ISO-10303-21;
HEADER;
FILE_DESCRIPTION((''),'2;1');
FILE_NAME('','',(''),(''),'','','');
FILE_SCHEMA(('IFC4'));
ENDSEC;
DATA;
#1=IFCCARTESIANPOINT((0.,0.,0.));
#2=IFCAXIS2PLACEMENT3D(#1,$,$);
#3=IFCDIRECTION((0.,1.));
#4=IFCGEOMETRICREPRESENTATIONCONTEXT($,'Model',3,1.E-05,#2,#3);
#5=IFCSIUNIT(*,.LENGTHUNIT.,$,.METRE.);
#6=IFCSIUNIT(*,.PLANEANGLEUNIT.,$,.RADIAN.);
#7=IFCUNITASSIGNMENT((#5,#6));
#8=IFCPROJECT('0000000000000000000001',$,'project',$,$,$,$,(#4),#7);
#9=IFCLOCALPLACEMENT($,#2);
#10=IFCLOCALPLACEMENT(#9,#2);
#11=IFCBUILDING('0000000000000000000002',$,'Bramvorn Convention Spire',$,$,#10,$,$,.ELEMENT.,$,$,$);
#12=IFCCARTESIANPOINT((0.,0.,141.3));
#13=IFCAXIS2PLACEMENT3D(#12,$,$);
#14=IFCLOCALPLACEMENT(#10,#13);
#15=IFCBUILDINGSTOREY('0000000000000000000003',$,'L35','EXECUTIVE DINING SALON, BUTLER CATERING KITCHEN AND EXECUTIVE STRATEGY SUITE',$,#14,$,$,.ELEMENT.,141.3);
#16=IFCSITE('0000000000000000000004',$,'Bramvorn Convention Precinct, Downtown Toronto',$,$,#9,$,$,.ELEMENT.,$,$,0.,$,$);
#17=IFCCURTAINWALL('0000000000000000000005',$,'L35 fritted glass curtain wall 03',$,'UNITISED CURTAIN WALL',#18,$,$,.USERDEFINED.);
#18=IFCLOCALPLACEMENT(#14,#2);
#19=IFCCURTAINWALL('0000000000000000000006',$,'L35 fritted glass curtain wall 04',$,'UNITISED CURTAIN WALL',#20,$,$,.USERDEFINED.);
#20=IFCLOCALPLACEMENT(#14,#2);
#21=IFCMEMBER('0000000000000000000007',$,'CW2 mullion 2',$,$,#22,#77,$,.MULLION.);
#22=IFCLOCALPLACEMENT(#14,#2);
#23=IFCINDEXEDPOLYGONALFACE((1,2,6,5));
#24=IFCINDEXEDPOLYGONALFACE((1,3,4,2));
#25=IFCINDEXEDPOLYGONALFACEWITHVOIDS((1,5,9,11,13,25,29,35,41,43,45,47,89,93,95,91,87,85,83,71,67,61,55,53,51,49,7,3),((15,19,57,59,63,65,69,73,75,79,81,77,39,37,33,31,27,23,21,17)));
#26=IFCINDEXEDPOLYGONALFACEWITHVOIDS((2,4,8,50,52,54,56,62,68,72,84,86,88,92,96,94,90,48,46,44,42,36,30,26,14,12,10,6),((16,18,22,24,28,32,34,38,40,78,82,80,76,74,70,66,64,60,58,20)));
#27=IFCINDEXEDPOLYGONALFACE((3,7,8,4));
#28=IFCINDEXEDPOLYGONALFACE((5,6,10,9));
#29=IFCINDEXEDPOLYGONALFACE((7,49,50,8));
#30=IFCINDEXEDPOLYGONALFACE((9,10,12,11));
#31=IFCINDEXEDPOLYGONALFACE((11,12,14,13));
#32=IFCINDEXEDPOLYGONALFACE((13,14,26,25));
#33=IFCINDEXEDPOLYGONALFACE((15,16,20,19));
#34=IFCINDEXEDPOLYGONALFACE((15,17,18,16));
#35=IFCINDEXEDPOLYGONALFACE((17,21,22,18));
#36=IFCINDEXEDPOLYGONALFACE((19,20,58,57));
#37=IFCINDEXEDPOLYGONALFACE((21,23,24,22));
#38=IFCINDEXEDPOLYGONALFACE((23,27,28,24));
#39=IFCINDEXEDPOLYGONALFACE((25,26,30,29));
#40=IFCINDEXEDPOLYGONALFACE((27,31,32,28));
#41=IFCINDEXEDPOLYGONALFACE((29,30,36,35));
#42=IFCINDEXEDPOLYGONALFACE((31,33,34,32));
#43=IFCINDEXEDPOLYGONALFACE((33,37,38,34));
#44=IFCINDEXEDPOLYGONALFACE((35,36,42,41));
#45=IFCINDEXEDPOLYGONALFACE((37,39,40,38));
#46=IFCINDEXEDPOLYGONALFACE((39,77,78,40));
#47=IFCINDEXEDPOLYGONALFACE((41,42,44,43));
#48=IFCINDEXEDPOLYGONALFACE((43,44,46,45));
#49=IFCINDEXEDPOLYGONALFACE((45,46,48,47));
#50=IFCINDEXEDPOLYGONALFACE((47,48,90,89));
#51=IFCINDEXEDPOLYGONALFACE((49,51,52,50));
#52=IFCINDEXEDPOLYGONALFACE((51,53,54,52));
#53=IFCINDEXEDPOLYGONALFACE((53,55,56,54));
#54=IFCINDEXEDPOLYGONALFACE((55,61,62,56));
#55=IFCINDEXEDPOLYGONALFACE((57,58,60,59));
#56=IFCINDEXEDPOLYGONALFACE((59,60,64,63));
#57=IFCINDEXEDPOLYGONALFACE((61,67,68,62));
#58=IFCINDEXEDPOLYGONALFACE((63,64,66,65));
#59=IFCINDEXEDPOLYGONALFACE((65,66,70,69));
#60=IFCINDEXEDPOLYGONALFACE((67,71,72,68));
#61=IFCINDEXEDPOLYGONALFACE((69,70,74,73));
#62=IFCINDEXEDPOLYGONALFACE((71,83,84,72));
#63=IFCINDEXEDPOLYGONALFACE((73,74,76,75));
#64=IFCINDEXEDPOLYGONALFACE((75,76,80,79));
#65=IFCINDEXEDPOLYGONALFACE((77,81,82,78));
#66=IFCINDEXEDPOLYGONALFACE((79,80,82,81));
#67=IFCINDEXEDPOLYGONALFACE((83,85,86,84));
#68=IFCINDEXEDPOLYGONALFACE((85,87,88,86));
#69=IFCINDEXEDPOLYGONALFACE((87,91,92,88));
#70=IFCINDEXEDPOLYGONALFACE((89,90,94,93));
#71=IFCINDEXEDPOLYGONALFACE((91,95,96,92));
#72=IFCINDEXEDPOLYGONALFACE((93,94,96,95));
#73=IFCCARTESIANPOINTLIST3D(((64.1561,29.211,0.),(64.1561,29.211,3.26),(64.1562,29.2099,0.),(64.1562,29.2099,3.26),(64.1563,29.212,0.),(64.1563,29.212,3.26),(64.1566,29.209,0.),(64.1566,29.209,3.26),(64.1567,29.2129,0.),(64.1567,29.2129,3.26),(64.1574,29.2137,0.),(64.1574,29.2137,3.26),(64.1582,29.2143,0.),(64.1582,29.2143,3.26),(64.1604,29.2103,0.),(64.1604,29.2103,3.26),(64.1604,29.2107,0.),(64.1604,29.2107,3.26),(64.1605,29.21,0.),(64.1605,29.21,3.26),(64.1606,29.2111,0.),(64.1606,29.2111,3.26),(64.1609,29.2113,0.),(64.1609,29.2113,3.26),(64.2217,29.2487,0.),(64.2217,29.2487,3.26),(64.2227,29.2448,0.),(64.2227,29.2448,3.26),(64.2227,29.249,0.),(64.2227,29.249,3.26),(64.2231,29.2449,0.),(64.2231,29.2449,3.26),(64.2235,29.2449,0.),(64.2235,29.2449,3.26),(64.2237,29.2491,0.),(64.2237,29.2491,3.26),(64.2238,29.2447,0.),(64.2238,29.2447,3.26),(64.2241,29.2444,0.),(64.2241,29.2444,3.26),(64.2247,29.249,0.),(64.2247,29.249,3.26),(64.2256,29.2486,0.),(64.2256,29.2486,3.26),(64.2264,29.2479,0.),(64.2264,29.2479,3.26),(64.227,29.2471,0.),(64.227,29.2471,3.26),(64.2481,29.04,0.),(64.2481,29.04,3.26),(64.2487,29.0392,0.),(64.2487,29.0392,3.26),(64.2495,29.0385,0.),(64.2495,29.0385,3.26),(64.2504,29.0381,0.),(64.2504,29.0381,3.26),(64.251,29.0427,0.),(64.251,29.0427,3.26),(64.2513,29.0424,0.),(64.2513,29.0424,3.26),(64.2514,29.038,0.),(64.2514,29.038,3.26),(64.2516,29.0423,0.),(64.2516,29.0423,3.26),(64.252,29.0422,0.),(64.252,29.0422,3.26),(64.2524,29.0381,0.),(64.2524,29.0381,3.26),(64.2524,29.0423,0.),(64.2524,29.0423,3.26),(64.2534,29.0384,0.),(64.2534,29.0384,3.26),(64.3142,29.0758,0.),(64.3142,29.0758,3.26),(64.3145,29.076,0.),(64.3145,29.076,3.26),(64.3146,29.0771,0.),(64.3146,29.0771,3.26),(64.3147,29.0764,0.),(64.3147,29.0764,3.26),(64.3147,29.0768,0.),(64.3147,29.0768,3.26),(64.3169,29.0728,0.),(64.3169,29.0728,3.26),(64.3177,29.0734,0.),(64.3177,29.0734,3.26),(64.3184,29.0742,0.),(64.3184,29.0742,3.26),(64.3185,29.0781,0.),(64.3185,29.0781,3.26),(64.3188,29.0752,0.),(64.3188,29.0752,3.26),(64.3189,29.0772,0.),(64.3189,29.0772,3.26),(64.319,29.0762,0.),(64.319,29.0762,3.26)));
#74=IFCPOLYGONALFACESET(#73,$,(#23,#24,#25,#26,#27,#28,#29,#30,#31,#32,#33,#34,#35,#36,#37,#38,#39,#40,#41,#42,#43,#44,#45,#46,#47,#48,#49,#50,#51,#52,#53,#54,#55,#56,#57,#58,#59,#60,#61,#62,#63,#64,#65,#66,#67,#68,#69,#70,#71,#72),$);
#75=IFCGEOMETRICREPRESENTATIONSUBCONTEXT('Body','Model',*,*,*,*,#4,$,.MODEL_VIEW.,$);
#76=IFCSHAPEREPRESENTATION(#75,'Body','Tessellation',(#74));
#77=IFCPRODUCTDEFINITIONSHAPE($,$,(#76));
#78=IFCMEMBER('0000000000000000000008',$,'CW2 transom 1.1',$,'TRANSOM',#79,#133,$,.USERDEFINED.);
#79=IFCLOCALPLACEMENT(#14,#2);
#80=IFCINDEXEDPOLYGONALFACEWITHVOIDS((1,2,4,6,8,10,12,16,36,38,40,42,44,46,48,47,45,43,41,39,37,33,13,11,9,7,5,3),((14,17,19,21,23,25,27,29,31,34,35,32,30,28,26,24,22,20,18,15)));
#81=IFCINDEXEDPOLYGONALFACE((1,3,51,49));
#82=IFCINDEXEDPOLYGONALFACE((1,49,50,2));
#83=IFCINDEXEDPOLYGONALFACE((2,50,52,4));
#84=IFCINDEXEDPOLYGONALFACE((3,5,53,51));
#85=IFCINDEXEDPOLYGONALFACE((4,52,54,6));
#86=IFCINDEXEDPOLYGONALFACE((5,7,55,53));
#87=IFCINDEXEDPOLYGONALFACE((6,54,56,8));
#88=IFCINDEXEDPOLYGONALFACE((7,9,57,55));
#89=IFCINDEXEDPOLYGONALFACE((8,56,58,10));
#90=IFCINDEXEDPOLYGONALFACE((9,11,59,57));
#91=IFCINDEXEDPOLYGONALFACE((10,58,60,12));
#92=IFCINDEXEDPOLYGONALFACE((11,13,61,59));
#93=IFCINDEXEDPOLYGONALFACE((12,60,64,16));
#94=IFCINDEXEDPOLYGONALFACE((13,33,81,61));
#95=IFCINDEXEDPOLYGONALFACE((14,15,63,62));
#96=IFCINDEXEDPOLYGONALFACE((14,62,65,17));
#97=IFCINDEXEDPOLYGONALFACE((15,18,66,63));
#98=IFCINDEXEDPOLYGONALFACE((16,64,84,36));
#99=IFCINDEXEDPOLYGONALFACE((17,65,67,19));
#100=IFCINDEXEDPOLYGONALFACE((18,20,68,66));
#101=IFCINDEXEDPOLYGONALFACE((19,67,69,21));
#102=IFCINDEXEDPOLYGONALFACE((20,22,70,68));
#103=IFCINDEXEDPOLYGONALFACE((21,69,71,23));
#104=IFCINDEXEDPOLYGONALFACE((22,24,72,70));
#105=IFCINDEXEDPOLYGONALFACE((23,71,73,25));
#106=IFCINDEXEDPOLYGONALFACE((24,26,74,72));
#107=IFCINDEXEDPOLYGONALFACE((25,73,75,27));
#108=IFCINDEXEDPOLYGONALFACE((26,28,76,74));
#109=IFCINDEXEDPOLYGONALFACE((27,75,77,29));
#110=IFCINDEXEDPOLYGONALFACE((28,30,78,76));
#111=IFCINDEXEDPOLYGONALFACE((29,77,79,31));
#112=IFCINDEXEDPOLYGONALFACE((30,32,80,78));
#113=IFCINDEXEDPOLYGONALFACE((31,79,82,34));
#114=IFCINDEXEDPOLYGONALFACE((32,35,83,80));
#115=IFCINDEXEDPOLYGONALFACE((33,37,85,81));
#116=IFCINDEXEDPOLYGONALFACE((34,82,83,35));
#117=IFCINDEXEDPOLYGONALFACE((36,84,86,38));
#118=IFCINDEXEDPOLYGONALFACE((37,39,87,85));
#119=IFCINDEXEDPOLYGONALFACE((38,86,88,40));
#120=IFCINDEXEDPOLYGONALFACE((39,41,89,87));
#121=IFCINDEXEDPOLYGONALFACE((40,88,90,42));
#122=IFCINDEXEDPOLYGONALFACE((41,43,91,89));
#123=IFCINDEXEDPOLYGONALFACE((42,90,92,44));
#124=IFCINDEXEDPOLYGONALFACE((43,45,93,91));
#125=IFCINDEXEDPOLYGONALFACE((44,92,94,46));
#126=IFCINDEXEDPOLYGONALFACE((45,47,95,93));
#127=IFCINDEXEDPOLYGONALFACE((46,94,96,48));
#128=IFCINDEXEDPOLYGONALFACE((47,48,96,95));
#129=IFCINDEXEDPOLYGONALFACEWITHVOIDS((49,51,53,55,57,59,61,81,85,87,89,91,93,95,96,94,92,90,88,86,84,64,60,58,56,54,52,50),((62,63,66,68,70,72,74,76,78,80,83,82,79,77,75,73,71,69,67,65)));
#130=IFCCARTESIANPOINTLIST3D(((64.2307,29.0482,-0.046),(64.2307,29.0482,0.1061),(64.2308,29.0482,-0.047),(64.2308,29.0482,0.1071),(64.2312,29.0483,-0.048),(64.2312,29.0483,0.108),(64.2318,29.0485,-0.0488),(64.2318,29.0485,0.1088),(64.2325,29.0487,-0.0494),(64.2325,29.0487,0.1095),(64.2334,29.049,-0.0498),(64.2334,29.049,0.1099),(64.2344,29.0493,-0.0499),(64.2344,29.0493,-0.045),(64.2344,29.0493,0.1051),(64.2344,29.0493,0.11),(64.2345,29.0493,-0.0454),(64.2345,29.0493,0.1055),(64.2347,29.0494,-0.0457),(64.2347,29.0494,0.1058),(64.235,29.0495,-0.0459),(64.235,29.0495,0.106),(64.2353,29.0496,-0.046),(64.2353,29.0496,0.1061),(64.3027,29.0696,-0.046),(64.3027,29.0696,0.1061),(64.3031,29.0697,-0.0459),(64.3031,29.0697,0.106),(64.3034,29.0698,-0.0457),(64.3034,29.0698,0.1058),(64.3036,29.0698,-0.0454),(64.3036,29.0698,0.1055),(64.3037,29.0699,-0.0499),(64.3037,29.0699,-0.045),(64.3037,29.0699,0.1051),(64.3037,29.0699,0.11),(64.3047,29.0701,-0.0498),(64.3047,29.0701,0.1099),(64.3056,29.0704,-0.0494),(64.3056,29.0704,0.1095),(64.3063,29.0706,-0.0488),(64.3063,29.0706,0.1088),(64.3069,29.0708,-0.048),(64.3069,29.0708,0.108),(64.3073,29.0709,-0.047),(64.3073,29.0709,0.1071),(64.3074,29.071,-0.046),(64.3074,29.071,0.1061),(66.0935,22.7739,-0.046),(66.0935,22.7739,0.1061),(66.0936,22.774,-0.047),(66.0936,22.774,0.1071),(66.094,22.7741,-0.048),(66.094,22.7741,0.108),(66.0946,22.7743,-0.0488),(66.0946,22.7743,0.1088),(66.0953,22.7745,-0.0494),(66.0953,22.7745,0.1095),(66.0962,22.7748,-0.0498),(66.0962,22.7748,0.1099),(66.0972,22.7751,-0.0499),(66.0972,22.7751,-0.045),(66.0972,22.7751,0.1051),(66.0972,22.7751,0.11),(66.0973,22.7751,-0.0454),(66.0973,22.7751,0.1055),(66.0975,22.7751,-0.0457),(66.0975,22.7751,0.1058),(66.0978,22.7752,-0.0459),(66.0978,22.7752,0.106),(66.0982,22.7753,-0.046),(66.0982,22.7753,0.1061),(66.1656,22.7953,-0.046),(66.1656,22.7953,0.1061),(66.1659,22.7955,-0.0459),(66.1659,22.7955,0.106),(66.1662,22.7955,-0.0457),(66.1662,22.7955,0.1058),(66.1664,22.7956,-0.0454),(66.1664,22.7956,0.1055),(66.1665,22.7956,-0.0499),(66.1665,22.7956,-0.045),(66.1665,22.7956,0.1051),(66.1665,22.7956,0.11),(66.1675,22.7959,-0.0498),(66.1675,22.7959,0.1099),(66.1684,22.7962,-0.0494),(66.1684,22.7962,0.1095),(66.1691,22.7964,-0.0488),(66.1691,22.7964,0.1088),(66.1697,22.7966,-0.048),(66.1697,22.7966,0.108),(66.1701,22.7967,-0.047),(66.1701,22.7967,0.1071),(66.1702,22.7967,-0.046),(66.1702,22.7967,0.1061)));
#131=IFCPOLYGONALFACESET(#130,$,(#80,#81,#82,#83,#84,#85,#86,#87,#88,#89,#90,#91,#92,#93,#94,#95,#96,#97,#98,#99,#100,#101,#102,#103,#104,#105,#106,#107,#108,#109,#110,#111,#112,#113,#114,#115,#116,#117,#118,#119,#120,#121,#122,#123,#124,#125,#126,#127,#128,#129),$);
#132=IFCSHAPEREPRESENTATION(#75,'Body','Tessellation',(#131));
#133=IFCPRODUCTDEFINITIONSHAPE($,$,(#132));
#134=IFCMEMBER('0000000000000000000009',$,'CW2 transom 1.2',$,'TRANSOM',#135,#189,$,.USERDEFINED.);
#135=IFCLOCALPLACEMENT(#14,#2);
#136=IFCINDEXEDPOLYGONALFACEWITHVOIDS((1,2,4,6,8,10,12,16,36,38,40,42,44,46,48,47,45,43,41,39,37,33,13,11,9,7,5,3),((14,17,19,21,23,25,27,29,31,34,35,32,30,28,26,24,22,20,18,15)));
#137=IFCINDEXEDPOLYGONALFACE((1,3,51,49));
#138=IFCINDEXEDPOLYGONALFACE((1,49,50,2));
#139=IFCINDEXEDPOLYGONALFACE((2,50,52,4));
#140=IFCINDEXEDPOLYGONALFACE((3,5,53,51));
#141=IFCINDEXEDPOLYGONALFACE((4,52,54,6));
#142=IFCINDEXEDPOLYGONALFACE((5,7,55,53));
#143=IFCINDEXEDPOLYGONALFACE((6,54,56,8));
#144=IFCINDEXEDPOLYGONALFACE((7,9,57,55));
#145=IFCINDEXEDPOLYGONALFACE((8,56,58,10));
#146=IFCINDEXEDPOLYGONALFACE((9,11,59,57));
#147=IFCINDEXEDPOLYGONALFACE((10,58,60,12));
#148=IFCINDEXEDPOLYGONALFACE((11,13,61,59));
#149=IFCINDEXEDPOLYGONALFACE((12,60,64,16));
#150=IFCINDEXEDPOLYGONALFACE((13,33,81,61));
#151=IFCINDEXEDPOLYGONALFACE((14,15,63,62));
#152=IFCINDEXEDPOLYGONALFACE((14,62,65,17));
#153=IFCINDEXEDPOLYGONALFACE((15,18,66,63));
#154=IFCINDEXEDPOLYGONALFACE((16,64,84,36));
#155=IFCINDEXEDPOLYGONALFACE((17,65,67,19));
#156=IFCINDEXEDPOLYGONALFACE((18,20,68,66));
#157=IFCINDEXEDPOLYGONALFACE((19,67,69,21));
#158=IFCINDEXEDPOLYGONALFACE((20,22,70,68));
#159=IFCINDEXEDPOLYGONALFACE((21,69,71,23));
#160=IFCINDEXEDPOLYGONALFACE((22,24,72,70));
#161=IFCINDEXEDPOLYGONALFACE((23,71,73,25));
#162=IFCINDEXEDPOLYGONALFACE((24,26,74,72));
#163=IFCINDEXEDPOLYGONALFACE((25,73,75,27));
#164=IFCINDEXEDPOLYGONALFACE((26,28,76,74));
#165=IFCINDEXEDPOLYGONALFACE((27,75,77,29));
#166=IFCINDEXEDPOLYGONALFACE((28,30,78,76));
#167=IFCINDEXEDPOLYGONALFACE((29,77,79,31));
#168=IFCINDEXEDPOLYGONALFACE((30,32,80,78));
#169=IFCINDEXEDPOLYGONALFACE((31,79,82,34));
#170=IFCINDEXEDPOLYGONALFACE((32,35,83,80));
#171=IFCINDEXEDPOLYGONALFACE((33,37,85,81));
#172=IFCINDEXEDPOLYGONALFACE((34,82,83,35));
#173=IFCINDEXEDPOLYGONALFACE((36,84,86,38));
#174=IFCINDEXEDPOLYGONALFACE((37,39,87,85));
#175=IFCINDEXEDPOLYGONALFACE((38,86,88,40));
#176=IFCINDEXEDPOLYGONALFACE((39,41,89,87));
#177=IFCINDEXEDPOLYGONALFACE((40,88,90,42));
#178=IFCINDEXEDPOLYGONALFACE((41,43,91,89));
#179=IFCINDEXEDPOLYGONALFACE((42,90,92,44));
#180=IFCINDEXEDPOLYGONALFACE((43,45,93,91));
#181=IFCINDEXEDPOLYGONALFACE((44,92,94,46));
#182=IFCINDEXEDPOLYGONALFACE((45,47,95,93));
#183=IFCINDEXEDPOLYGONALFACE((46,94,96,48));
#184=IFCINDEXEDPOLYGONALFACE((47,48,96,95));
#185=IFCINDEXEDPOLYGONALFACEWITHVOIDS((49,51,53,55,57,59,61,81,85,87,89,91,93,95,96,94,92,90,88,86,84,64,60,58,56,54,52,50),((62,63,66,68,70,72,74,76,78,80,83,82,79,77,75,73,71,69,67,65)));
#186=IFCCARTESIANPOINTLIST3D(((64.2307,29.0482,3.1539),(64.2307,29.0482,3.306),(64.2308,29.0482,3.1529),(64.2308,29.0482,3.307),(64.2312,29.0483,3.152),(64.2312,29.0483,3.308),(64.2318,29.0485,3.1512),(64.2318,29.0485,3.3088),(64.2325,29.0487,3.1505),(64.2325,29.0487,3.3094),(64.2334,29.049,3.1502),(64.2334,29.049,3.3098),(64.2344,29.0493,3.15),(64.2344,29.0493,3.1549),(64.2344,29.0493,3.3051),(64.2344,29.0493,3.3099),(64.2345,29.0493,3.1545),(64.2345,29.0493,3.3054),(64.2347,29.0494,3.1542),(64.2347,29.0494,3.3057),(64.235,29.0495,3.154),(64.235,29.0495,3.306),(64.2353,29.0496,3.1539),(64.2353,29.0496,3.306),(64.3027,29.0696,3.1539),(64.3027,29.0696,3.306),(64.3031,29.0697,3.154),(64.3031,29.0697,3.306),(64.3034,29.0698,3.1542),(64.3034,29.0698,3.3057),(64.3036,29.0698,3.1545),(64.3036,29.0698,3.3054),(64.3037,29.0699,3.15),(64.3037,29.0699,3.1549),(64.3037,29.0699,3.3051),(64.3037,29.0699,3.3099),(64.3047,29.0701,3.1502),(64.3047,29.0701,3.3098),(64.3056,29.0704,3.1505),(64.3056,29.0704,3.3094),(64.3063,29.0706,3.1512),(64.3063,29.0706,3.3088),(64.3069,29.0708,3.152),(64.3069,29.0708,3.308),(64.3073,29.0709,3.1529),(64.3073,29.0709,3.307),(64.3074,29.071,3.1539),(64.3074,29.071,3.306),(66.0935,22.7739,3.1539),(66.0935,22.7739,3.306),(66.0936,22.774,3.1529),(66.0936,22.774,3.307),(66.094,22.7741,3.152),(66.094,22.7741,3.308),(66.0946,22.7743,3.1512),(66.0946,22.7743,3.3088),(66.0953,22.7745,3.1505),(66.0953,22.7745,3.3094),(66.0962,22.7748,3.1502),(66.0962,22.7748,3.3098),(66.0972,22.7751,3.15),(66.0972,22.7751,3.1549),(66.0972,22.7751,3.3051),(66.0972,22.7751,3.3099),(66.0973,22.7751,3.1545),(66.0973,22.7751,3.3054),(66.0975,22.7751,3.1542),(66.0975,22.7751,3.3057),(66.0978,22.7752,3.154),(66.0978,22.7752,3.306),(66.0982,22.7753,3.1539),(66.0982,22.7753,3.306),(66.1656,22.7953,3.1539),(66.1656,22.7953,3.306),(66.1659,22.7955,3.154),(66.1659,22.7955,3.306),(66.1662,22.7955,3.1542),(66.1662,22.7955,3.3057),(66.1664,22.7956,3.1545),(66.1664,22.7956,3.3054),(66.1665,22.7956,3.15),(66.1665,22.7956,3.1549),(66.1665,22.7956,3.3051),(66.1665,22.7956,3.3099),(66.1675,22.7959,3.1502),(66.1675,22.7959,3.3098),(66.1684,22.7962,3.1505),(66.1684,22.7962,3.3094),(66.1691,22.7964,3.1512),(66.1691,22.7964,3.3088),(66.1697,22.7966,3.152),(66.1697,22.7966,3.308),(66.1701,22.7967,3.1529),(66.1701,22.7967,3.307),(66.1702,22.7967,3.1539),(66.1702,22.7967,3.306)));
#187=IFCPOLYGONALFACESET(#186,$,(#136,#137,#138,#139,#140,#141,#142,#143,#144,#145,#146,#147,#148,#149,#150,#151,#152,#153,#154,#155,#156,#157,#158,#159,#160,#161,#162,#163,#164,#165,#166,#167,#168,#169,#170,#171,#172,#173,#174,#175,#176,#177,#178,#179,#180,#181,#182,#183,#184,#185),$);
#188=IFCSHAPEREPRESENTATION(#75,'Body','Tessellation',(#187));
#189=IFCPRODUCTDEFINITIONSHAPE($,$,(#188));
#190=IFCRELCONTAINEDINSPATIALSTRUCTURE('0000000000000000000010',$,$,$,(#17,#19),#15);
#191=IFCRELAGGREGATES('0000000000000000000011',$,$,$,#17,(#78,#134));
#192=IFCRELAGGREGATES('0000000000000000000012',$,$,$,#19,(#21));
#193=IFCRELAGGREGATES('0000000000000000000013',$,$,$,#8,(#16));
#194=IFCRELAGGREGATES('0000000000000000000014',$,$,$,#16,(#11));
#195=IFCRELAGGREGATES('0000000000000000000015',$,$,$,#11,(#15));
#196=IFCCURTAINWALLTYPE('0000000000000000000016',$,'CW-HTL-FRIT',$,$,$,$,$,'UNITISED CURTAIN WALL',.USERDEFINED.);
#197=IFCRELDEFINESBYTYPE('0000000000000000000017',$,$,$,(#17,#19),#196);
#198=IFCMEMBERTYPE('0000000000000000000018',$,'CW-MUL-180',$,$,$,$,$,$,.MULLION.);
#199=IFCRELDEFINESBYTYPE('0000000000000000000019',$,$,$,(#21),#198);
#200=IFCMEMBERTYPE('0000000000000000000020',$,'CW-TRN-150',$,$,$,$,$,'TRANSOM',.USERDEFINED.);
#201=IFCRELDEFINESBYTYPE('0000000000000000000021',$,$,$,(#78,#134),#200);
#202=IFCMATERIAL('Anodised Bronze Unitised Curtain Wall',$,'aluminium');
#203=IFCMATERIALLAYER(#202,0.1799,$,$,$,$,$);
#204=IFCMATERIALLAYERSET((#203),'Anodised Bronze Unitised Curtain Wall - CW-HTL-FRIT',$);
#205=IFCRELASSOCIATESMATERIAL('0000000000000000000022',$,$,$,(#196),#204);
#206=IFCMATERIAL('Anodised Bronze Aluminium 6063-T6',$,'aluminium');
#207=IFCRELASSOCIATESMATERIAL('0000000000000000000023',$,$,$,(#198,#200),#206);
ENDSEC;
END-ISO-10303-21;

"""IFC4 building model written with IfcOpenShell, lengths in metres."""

from ifc_helpers import new_model, si_unit, direction, frame, origin, origin_2d, place, context, subcontext, project, spatial, hollow_rectangle, extrude, material, layer, layer_set, material_profile, profile_set, type_object, element, aggregate, save


model = new_model("IFC4")

# Units and contexts
model_context = context("Model", 3, precision=1e-05, world=origin(), true_north=direction((0.0, 1.0)))
body_context = subcontext(model_context, "Body", "Model", "MODEL_VIEW")
ifc_project = project(units=[si_unit("LENGTHUNIT", "METRE"), si_unit("PLANEANGLEUNIT", "RADIAN")], contexts=[model_context])

# Site, building, storey
site_placement = place(None, origin())
site = spatial("IfcSite", under=ifc_project, at=site_placement, Name="Bramvorn Convention Precinct, Downtown Toronto", CompositionType="ELEMENT", RefElevation=0.0)
building_placement = place(site_placement, origin())
building = spatial("IfcBuilding", under=site, at=building_placement, Name="Bramvorn Convention Spire", CompositionType="ELEMENT")
storey_placement = place(building_placement, frame((0.0, 0.0, 141.3)))
storey = spatial("IfcBuildingStorey", under=building, at=storey_placement, Name="L35", Description="EXECUTIVE DINING SALON, BUTLER CATERING KITCHEN AND EXECUTIVE STRATEGY SUITE", CompositionType="ELEMENT", Elevation=141.3)

# Curtain walls, member
ifc_material_1 = material(Name="Anodised Bronze Unitised Curtain Wall", Category="aluminium")
ifc_layer_1 = layer(ifc_material_1, 0.1799)
ifc_layer_set_1 = layer_set([ifc_layer_1], Name="Anodised Bronze Unitised Curtain Wall - CW-HTL-FRIT")
curtain_wall_type = type_object("IfcCurtainWallType", Name="CW-HTL-FRIT", ElementType="UNITISED CURTAIN WALL", PredefinedType="USERDEFINED", material=ifc_layer_set_1)
curtain_wall_1_placement = place(storey_placement, origin())
curtain_wall_1 = element("IfcCurtainWall", 1, at=curtain_wall_1_placement, inside=storey, type_object=curtain_wall_type, Name="L35 fritted glass curtain wall 03", ObjectType="UNITISED CURTAIN WALL", PredefinedType="USERDEFINED")
ifc_material_2 = material(Name="Anodised Bronze Aluminium 6063-T6", Category="aluminium")
ifc_material_profile_1 = material_profile(ifc_material_2, hollow_rectangle(XDim=0.0801, YDim=0.2, WallThickness=0.0039, InnerFilletRadius=0.001, OuterFilletRadius=0.0039, at=origin_2d()))
ifc_profile_set_1 = profile_set([ifc_material_profile_1], Name="Anodised Bronze Aluminium 6063-T6 - CWM80X200")
member_type_1 = type_object("IfcMemberType", Name="CW-MUL-180", PredefinedType="MULLION", material=ifc_profile_set_1)
curtain_wall_2_placement = place(storey_placement, origin())
curtain_wall_2 = element("IfcCurtainWall", 2, at=curtain_wall_2_placement, inside=storey, type_object=curtain_wall_type, Name="L35 fritted glass curtain wall 04", ObjectType="UNITISED CURTAIN WALL", PredefinedType="USERDEFINED")
member_1_placement = place(storey_placement, frame((64.2375, 29.1436, 0.0), z_axis=(0.0, 0.0, 1.0), x_axis=(0.879444, 0.476003, 0.0)))
member_1 = element("IfcMember", 3, at=member_1_placement, type_object=member_type_1, Name="CW2 mullion 2", PredefinedType="MULLION", context=body_context, shape_type="SweptSolid", body=[
    extrude(hollow_rectangle(XDim=0.0801, YDim=0.2, WallThickness=0.0039, InnerFilletRadius=0.001, OuterFilletRadius=0.0039, at=origin_2d()), origin(), (0.0, 0.0, 1.0), 3.26),
])

# Members
ifc_material_profile_2 = material_profile(ifc_material_2, hollow_rectangle(XDim=0.0801, YDim=0.1599, WallThickness=0.0039, InnerFilletRadius=0.001, OuterFilletRadius=0.0039, at=origin_2d()))
ifc_profile_set_2 = profile_set([ifc_material_profile_2], Name="Anodised Bronze Aluminium 6063-T6 - CWT80X160")
member_type_2 = type_object("IfcMemberType", Name="CW-TRN-150", ElementType="TRANSOM", PredefinedType="USERDEFINED", material=ifc_profile_set_2)
member_2_placement = place(storey_placement, frame((64.269, 29.0596, 0.03), z_axis=(0.284619, -0.958641, 0.0), x_axis=(0.958641, 0.284619, 0.0)))
member_2 = element("IfcMember", 4, at=member_2_placement, type_object=member_type_2, Name="CW2 transom 1.1", ObjectType="TRANSOM", PredefinedType="USERDEFINED", context=body_context, shape_type="SweptSolid", body=[
    extrude(hollow_rectangle(XDim=0.0801, YDim=0.1599, WallThickness=0.0039, InnerFilletRadius=0.001, OuterFilletRadius=0.0039, at=origin_2d()), origin(), (0.0, 0.0, 1.0), 6.5449),
])
member_3_placement = place(storey_placement, frame((64.269, 29.0596, 3.23), z_axis=(0.284619, -0.958641, 0.0), x_axis=(0.958641, 0.284619, 0.0)))
member_3 = element("IfcMember", 5, at=member_3_placement, type_object=member_type_2, Name="CW2 transom 1.2", ObjectType="TRANSOM", PredefinedType="USERDEFINED", context=body_context, shape_type="SweptSolid", body=[
    extrude(hollow_rectangle(XDim=0.0801, YDim=0.1599, WallThickness=0.0039, InnerFilletRadius=0.001, OuterFilletRadius=0.0039, at=origin_2d()), origin(), (0.0, 0.0, 1.0), 6.5449),
])

aggregate(curtain_wall_1, [member_2, member_3])
aggregate(curtain_wall_2, [member_1])

save(model, "model.ifc")
